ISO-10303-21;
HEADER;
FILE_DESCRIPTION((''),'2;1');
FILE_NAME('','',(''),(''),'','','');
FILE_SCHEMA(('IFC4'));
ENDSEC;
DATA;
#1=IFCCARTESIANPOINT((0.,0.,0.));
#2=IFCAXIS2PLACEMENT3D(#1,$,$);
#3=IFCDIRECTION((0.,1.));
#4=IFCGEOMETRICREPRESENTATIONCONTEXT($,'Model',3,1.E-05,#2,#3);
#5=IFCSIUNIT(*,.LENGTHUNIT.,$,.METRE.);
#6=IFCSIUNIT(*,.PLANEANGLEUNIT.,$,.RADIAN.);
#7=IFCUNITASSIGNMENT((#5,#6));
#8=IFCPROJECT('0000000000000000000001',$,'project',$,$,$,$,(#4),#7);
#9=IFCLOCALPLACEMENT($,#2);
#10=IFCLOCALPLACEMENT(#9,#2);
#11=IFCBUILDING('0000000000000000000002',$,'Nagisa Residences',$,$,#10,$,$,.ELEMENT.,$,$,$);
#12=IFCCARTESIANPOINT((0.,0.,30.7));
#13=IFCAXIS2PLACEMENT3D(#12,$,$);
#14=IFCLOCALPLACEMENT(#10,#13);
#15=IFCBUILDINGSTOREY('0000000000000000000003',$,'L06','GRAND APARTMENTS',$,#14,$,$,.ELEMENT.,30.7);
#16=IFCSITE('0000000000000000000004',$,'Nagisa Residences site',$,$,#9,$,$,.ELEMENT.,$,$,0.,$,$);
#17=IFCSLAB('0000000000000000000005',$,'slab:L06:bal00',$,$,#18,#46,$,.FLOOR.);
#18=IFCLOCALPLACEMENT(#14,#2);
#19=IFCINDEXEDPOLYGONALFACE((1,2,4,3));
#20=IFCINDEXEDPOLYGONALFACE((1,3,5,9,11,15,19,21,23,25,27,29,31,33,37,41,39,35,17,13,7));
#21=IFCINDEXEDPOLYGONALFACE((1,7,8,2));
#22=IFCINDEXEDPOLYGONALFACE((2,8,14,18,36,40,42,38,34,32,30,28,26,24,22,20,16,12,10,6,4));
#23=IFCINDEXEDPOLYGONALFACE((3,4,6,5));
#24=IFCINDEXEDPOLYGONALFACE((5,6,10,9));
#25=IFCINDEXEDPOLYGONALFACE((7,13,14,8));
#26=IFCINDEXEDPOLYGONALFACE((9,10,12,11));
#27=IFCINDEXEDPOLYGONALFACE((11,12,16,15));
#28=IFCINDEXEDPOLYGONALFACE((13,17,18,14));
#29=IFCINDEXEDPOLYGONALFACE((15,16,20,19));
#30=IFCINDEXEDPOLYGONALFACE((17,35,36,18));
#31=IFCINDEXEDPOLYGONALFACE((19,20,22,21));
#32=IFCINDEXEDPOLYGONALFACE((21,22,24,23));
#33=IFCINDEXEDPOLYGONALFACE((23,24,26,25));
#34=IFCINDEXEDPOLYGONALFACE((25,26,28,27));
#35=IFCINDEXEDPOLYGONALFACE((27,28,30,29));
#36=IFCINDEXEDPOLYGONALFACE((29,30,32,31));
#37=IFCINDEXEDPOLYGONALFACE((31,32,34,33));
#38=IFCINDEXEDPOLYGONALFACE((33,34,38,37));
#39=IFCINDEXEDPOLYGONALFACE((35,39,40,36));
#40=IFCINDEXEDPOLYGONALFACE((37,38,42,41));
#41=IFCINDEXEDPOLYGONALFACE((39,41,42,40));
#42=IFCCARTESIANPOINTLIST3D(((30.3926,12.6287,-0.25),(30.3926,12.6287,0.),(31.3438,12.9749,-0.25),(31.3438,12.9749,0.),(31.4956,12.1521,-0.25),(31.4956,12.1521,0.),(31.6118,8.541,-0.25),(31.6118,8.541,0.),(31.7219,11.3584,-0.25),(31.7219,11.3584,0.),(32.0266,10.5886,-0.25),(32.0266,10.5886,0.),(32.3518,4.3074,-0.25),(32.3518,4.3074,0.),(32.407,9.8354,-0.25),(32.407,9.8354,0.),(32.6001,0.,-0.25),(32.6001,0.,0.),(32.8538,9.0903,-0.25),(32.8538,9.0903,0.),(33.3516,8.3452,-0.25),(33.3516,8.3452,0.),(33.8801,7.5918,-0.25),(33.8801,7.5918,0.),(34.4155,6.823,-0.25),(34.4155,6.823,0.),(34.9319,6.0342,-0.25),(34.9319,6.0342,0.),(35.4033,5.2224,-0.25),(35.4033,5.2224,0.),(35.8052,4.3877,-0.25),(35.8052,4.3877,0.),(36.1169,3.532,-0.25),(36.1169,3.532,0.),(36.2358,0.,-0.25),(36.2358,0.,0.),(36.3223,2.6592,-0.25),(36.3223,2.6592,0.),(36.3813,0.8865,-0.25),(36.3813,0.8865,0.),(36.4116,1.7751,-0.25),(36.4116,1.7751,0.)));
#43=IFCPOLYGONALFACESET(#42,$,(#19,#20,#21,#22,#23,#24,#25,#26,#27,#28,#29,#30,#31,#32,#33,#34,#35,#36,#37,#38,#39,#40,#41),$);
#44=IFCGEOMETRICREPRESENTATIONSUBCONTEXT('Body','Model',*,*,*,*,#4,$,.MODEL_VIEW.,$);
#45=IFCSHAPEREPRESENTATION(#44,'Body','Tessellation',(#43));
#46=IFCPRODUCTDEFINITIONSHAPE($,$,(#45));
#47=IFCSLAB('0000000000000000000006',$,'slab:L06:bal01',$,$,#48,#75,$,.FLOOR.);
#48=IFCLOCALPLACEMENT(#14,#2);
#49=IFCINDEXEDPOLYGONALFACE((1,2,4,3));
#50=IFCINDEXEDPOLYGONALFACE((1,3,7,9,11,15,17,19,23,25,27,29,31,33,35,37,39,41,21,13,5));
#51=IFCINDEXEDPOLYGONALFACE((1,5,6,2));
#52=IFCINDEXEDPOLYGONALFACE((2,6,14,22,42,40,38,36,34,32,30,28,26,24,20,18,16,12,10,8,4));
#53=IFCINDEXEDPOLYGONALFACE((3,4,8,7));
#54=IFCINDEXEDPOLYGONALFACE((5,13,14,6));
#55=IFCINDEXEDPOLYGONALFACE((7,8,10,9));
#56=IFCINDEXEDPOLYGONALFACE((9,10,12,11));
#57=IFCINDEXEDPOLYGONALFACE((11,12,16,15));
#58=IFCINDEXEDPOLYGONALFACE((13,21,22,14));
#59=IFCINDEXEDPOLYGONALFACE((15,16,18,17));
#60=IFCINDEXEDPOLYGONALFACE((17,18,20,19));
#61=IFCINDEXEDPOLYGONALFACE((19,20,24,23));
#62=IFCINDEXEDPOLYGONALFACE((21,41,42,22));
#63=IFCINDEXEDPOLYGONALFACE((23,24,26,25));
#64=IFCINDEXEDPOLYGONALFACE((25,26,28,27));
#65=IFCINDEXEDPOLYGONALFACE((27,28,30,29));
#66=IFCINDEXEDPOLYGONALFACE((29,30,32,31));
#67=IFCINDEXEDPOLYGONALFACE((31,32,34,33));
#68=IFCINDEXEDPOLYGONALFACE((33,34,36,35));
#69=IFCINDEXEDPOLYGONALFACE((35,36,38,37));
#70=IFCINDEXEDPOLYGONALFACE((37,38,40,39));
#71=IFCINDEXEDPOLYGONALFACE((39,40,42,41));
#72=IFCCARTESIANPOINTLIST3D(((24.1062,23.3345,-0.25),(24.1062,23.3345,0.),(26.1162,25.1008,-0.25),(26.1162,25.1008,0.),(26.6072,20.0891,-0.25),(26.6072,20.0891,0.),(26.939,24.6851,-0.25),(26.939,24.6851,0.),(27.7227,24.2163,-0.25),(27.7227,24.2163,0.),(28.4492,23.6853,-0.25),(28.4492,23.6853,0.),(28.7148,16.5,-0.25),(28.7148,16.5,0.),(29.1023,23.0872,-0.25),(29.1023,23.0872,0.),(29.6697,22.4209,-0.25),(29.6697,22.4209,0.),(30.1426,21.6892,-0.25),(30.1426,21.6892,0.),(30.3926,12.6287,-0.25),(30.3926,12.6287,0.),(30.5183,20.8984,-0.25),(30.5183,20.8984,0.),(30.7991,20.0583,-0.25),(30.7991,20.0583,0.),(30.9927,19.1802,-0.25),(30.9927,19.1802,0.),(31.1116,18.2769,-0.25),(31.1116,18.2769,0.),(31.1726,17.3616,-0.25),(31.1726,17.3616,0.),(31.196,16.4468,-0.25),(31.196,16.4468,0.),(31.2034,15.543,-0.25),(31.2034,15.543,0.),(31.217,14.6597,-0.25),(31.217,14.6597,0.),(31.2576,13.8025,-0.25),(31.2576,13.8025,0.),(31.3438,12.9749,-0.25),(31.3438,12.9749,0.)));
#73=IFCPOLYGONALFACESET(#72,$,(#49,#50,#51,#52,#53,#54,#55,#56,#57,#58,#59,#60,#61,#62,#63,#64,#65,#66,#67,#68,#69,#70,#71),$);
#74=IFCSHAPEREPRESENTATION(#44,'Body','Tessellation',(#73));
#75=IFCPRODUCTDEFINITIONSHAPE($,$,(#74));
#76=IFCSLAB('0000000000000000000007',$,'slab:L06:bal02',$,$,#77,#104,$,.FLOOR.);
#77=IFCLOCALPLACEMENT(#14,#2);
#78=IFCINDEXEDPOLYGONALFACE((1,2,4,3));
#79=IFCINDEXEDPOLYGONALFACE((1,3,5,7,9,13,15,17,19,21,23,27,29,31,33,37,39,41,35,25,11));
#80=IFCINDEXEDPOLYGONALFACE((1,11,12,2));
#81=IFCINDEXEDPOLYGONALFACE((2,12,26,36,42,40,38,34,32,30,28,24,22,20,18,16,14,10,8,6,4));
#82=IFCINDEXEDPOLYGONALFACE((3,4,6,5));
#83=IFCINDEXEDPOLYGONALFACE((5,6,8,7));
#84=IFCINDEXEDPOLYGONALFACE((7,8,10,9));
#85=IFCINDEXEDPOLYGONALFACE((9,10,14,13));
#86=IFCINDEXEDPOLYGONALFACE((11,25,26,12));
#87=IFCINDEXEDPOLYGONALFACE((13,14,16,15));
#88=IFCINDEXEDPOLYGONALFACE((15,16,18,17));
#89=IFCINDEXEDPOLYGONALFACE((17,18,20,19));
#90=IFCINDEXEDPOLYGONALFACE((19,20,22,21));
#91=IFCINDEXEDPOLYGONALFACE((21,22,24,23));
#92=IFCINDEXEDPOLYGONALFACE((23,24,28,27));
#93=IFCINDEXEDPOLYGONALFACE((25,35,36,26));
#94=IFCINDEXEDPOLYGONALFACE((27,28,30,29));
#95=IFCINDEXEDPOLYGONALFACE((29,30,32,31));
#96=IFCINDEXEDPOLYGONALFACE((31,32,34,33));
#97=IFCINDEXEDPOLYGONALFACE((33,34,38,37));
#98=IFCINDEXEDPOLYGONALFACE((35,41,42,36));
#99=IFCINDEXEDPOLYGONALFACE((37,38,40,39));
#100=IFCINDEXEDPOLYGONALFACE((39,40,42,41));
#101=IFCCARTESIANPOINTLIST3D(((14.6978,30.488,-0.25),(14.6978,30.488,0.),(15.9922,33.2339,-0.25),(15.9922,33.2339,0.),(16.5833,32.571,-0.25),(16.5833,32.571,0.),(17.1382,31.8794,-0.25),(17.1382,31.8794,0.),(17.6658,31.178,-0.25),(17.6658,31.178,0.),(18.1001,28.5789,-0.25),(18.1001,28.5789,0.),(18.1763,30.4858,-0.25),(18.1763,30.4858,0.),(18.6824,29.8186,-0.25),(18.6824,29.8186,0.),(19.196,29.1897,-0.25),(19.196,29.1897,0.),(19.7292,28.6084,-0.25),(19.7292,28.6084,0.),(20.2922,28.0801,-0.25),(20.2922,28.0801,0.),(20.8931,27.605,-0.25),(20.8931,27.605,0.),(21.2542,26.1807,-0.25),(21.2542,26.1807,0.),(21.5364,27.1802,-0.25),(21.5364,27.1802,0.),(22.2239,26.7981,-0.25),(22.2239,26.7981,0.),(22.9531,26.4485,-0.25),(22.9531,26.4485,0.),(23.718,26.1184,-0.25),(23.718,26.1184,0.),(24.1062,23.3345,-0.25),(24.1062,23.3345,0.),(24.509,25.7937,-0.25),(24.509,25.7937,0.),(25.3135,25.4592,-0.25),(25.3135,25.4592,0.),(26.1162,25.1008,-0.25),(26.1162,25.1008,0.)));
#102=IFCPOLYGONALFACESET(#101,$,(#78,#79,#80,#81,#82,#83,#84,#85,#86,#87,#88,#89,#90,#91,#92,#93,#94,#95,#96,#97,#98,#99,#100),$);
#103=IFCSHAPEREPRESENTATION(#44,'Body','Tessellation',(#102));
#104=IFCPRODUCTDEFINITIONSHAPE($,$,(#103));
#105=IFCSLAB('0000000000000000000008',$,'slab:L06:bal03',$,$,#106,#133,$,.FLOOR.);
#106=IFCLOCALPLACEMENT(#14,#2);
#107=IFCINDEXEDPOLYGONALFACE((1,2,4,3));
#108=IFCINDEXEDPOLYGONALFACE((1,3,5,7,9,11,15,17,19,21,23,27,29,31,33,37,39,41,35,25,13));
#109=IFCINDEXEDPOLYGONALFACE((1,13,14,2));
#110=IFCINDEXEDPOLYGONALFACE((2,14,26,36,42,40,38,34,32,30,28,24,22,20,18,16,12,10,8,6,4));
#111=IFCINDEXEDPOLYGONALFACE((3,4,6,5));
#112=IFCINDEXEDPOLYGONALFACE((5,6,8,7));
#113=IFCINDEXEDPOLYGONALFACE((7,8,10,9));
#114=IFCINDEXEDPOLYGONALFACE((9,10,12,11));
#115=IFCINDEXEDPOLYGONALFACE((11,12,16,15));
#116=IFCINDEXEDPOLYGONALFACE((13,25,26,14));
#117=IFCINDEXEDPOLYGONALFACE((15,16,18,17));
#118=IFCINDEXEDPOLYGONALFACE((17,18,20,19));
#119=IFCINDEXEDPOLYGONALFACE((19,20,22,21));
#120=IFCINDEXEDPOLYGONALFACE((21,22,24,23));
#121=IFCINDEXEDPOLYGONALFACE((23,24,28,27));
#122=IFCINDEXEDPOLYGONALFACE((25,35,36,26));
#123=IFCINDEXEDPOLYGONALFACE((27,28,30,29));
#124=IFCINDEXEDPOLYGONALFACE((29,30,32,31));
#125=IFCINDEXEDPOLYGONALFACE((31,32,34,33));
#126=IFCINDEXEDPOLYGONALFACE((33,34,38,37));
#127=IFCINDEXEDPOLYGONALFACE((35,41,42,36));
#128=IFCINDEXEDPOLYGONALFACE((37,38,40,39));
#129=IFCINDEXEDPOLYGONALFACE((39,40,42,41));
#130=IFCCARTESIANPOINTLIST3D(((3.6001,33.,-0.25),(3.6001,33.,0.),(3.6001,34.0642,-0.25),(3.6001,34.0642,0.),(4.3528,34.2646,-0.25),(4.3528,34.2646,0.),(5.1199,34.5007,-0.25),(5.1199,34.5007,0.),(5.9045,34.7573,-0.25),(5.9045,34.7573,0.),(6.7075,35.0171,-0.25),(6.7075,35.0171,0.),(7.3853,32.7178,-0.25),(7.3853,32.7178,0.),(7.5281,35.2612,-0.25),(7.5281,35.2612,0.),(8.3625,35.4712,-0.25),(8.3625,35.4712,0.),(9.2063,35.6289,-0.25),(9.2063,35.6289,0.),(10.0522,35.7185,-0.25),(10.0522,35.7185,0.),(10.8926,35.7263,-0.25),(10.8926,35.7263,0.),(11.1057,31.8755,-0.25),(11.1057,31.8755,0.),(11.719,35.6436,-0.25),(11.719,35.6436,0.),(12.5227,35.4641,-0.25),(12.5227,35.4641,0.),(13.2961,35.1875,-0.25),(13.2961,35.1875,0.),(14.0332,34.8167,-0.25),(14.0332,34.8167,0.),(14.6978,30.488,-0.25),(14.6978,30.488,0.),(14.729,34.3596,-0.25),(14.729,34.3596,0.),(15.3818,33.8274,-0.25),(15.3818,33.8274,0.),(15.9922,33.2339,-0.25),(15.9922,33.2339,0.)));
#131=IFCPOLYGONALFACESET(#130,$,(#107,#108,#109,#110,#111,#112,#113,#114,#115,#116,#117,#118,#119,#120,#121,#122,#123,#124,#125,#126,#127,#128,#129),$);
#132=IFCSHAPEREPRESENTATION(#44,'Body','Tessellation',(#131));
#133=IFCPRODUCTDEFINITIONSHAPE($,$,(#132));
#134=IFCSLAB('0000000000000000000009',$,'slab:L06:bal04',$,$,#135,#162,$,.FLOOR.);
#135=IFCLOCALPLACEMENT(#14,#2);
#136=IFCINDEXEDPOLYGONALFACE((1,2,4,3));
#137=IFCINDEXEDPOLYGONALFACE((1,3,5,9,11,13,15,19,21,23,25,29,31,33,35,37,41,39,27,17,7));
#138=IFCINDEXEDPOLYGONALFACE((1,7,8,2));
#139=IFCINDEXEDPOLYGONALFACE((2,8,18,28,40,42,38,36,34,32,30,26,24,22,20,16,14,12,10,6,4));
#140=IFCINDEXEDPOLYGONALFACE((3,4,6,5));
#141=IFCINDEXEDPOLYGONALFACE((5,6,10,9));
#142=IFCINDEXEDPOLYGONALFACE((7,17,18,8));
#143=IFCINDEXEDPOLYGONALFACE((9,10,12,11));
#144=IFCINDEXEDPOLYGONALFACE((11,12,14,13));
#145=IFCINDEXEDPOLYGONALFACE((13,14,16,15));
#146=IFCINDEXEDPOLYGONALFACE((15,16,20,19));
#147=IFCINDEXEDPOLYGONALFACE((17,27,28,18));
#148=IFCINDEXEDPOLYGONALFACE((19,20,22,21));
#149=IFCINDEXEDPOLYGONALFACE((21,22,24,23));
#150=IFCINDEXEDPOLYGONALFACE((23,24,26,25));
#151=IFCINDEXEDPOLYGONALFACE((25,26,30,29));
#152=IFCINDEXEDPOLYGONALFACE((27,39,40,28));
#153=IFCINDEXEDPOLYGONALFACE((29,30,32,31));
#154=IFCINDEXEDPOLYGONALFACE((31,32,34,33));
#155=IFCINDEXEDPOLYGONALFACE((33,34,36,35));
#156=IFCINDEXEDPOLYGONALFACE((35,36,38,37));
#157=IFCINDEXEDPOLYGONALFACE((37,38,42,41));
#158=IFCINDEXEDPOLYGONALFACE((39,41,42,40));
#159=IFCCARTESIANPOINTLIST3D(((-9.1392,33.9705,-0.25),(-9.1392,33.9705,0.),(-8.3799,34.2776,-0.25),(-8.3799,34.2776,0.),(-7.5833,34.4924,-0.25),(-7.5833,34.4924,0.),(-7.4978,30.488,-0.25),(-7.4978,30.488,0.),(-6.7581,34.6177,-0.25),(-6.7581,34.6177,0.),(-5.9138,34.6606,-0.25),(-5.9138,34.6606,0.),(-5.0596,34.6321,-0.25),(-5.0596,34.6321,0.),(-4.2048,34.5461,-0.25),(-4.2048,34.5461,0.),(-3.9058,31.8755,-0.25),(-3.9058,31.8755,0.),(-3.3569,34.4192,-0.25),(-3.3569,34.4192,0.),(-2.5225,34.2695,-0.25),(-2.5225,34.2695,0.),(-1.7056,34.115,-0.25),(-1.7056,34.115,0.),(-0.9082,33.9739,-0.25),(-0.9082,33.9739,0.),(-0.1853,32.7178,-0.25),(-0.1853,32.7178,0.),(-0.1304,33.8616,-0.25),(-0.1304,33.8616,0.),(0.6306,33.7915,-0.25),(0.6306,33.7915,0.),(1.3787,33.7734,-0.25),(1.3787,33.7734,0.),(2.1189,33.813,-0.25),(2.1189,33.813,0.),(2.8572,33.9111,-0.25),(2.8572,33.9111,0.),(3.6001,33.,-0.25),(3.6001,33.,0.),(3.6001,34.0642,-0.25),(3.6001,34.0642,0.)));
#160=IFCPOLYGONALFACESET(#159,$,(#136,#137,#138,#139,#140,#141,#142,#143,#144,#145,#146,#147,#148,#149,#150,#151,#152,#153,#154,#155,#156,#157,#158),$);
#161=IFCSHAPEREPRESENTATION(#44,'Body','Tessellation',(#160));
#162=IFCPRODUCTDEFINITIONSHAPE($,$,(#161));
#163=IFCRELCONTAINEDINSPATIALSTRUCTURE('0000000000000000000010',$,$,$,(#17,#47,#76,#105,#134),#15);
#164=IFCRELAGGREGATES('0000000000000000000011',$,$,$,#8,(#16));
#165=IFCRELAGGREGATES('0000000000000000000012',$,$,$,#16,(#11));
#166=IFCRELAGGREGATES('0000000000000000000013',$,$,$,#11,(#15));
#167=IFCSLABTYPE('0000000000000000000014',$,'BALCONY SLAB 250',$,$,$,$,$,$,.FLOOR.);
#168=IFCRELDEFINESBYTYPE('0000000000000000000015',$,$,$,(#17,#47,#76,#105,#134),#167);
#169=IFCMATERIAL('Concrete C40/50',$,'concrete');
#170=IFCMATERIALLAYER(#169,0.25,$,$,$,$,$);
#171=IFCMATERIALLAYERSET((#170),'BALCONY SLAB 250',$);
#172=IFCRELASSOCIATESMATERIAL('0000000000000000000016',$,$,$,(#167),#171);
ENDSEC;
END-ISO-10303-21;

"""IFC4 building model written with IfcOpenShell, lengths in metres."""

from ifc_helpers import new_model, si_unit, direction, frame, origin, place, context, subcontext, project, spatial, polyline, outline, extrude, material, layer, layer_set, type_object, element, save


model = new_model("IFC4")

# Units and contexts
model_context = context("Model", 3, precision=1e-05, world=origin(), true_north=direction((0.0, 1.0)))
body_context = subcontext(model_context, "Body", "Model", "MODEL_VIEW")
ifc_project = project(units=[si_unit("LENGTHUNIT", "METRE"), si_unit("PLANEANGLEUNIT", "RADIAN")], contexts=[model_context])

# Site, building, storey
site_placement = place(None, origin())
site = spatial("IfcSite", under=ifc_project, at=site_placement, Name="Nagisa Residences site", CompositionType="ELEMENT", RefElevation=0.0)
building_placement = place(site_placement, origin())
building = spatial("IfcBuilding", under=site, at=building_placement, Name="Nagisa Residences", CompositionType="ELEMENT")
storey_placement = place(building_placement, frame((0.0, 0.0, 30.7)))
storey = spatial("IfcBuildingStorey", under=building, at=storey_placement, Name="L06", Description="GRAND APARTMENTS", CompositionType="ELEMENT", Elevation=30.7)

# Slabs
ifc_material_1 = material(Name="Concrete C40/50", Category="concrete")
ifc_layer_1 = layer(ifc_material_1, 0.25)
ifc_layer_set_1 = layer_set([ifc_layer_1], Name="BALCONY SLAB 250")
slab_type_1 = type_object("IfcSlabType", Name="BALCONY SLAB 250", PredefinedType="FLOOR", material=ifc_layer_set_1)
slab_1_placement = place(storey_placement, frame((0.0, 0.0, -0.25)))
element("IfcSlab", 1, at=slab_1_placement, inside=storey, type_object=slab_type_1, Name="slab:L06:bal00", PredefinedType="FLOOR", context=body_context, shape_type="SweptSolid", body=[
    extrude(outline(polyline([(36.2358, 0.0), (36.3813, 0.8865), (36.4116, 1.7751), (36.3223, 2.6592), (36.1169, 3.532), (35.8052, 4.3877), (35.4033, 5.2224), (34.9319, 6.0342), (34.4155, 6.823), (33.8801, 7.5918), (33.3516, 8.3452), (32.8538, 9.0903), (32.407, 9.8354), (32.0266, 10.5886), (31.7219, 11.3584), (31.4956, 12.1521), (31.3438, 12.9749), (30.3926, 12.6287), (31.6118, 8.541), (32.3518, 4.3074), (32.6001, 0.0), (36.2358, 0.0)])), origin(), (0.0, 0.0, 1.0), 0.25),
])
slab_2_placement = place(storey_placement, frame((0.0, 0.0, -0.25)))
element("IfcSlab", 2, at=slab_2_placement, inside=storey, type_object=slab_type_1, Name="slab:L06:bal01", PredefinedType="FLOOR", context=body_context, shape_type="SweptSolid", body=[
    extrude(outline(polyline([(31.3438, 12.9749), (31.2576, 13.8025), (31.217, 14.6597), (31.2034, 15.543), (31.196, 16.4468), (31.1726, 17.3616), (31.1116, 18.2769), (30.9927, 19.1802), (30.7991, 20.0583), (30.5183, 20.8984), (30.1426, 21.6892), (29.6697, 22.4209), (29.1023, 23.0872), (28.4492, 23.6853), (27.7227, 24.2163), (26.939, 24.6851), (26.1162, 25.1008), (24.1062, 23.3345), (26.6072, 20.0891), (28.7148, 16.5), (30.3926, 12.6287), (31.3438, 12.9749)])), origin(), (0.0, 0.0, 1.0), 0.25),
])
slab_3_placement = place(storey_placement, frame((0.0, 0.0, -0.25)))
element("IfcSlab", 3, at=slab_3_placement, inside=storey, type_object=slab_type_1, Name="slab:L06:bal02", PredefinedType="FLOOR", context=body_context, shape_type="SweptSolid", body=[
    extrude(outline(polyline([(26.1162, 25.1008), (25.3135, 25.4592), (24.509, 25.7937), (23.718, 26.1184), (22.9531, 26.4485), (22.2239, 26.7981), (21.5364, 27.1802), (20.8931, 27.605), (20.2922, 28.0801), (19.7292, 28.6084), (19.196, 29.1897), (18.6824, 29.8186), (18.1763, 30.4858), (17.6658, 31.178), (17.1382, 31.8794), (16.5833, 32.571), (15.9922, 33.2339), (14.6978, 30.488), (18.1001, 28.5789), (21.2542, 26.1807), (24.1062, 23.3345), (26.1162, 25.1008)])), origin(), (0.0, 0.0, 1.0), 0.25),
])
slab_4_placement = place(storey_placement, frame((0.0, 0.0, -0.25)))
element("IfcSlab", 4, at=slab_4_placement, inside=storey, type_object=slab_type_1, Name="slab:L06:bal03", PredefinedType="FLOOR", context=body_context, shape_type="SweptSolid", body=[
    extrude(outline(polyline([(15.9922, 33.2339), (15.3818, 33.8274), (14.729, 34.3596), (14.0332, 34.8167), (13.2961, 35.1875), (12.5227, 35.4641), (11.719, 35.6436), (10.8926, 35.7263), (10.0522, 35.7185), (9.2063, 35.6289), (8.3625, 35.4712), (7.5281, 35.2612), (6.7075, 35.0171), (5.9045, 34.7573), (5.1199, 34.5007), (4.3528, 34.2646), (3.6001, 34.0642), (3.6001, 33.0), (7.3853, 32.7178), (11.1057, 31.8755), (14.6978, 30.488), (15.9922, 33.2339)])), origin(), (0.0, 0.0, 1.0), 0.25),
])
slab_5_placement = place(storey_placement, frame((0.0, 0.0, -0.25)))
element("IfcSlab", 5, at=slab_5_placement, inside=storey, type_object=slab_type_1, Name="slab:L06:bal04", PredefinedType="FLOOR", context=body_context, shape_type="SweptSolid", body=[
    extrude(outline(polyline([(3.6001, 34.0642), (2.8572, 33.9111), (2.1189, 33.813), (1.3787, 33.7734), (0.6306, 33.7915), (-0.1304, 33.8616), (-0.9082, 33.9739), (-1.7056, 34.115), (-2.5225, 34.2695), (-3.3569, 34.4192), (-4.2048, 34.5461), (-5.0596, 34.6321), (-5.9138, 34.6606), (-6.7581, 34.6177), (-7.5833, 34.4924), (-8.3799, 34.2776), (-9.1392, 33.9705), (-7.4978, 30.488), (-3.9058, 31.8755), (-0.1853, 32.7178), (3.6001, 33.0), (3.6001, 34.0642)])), origin(), (0.0, 0.0, 1.0), 0.25),
])

save(model, "model.ifc")
